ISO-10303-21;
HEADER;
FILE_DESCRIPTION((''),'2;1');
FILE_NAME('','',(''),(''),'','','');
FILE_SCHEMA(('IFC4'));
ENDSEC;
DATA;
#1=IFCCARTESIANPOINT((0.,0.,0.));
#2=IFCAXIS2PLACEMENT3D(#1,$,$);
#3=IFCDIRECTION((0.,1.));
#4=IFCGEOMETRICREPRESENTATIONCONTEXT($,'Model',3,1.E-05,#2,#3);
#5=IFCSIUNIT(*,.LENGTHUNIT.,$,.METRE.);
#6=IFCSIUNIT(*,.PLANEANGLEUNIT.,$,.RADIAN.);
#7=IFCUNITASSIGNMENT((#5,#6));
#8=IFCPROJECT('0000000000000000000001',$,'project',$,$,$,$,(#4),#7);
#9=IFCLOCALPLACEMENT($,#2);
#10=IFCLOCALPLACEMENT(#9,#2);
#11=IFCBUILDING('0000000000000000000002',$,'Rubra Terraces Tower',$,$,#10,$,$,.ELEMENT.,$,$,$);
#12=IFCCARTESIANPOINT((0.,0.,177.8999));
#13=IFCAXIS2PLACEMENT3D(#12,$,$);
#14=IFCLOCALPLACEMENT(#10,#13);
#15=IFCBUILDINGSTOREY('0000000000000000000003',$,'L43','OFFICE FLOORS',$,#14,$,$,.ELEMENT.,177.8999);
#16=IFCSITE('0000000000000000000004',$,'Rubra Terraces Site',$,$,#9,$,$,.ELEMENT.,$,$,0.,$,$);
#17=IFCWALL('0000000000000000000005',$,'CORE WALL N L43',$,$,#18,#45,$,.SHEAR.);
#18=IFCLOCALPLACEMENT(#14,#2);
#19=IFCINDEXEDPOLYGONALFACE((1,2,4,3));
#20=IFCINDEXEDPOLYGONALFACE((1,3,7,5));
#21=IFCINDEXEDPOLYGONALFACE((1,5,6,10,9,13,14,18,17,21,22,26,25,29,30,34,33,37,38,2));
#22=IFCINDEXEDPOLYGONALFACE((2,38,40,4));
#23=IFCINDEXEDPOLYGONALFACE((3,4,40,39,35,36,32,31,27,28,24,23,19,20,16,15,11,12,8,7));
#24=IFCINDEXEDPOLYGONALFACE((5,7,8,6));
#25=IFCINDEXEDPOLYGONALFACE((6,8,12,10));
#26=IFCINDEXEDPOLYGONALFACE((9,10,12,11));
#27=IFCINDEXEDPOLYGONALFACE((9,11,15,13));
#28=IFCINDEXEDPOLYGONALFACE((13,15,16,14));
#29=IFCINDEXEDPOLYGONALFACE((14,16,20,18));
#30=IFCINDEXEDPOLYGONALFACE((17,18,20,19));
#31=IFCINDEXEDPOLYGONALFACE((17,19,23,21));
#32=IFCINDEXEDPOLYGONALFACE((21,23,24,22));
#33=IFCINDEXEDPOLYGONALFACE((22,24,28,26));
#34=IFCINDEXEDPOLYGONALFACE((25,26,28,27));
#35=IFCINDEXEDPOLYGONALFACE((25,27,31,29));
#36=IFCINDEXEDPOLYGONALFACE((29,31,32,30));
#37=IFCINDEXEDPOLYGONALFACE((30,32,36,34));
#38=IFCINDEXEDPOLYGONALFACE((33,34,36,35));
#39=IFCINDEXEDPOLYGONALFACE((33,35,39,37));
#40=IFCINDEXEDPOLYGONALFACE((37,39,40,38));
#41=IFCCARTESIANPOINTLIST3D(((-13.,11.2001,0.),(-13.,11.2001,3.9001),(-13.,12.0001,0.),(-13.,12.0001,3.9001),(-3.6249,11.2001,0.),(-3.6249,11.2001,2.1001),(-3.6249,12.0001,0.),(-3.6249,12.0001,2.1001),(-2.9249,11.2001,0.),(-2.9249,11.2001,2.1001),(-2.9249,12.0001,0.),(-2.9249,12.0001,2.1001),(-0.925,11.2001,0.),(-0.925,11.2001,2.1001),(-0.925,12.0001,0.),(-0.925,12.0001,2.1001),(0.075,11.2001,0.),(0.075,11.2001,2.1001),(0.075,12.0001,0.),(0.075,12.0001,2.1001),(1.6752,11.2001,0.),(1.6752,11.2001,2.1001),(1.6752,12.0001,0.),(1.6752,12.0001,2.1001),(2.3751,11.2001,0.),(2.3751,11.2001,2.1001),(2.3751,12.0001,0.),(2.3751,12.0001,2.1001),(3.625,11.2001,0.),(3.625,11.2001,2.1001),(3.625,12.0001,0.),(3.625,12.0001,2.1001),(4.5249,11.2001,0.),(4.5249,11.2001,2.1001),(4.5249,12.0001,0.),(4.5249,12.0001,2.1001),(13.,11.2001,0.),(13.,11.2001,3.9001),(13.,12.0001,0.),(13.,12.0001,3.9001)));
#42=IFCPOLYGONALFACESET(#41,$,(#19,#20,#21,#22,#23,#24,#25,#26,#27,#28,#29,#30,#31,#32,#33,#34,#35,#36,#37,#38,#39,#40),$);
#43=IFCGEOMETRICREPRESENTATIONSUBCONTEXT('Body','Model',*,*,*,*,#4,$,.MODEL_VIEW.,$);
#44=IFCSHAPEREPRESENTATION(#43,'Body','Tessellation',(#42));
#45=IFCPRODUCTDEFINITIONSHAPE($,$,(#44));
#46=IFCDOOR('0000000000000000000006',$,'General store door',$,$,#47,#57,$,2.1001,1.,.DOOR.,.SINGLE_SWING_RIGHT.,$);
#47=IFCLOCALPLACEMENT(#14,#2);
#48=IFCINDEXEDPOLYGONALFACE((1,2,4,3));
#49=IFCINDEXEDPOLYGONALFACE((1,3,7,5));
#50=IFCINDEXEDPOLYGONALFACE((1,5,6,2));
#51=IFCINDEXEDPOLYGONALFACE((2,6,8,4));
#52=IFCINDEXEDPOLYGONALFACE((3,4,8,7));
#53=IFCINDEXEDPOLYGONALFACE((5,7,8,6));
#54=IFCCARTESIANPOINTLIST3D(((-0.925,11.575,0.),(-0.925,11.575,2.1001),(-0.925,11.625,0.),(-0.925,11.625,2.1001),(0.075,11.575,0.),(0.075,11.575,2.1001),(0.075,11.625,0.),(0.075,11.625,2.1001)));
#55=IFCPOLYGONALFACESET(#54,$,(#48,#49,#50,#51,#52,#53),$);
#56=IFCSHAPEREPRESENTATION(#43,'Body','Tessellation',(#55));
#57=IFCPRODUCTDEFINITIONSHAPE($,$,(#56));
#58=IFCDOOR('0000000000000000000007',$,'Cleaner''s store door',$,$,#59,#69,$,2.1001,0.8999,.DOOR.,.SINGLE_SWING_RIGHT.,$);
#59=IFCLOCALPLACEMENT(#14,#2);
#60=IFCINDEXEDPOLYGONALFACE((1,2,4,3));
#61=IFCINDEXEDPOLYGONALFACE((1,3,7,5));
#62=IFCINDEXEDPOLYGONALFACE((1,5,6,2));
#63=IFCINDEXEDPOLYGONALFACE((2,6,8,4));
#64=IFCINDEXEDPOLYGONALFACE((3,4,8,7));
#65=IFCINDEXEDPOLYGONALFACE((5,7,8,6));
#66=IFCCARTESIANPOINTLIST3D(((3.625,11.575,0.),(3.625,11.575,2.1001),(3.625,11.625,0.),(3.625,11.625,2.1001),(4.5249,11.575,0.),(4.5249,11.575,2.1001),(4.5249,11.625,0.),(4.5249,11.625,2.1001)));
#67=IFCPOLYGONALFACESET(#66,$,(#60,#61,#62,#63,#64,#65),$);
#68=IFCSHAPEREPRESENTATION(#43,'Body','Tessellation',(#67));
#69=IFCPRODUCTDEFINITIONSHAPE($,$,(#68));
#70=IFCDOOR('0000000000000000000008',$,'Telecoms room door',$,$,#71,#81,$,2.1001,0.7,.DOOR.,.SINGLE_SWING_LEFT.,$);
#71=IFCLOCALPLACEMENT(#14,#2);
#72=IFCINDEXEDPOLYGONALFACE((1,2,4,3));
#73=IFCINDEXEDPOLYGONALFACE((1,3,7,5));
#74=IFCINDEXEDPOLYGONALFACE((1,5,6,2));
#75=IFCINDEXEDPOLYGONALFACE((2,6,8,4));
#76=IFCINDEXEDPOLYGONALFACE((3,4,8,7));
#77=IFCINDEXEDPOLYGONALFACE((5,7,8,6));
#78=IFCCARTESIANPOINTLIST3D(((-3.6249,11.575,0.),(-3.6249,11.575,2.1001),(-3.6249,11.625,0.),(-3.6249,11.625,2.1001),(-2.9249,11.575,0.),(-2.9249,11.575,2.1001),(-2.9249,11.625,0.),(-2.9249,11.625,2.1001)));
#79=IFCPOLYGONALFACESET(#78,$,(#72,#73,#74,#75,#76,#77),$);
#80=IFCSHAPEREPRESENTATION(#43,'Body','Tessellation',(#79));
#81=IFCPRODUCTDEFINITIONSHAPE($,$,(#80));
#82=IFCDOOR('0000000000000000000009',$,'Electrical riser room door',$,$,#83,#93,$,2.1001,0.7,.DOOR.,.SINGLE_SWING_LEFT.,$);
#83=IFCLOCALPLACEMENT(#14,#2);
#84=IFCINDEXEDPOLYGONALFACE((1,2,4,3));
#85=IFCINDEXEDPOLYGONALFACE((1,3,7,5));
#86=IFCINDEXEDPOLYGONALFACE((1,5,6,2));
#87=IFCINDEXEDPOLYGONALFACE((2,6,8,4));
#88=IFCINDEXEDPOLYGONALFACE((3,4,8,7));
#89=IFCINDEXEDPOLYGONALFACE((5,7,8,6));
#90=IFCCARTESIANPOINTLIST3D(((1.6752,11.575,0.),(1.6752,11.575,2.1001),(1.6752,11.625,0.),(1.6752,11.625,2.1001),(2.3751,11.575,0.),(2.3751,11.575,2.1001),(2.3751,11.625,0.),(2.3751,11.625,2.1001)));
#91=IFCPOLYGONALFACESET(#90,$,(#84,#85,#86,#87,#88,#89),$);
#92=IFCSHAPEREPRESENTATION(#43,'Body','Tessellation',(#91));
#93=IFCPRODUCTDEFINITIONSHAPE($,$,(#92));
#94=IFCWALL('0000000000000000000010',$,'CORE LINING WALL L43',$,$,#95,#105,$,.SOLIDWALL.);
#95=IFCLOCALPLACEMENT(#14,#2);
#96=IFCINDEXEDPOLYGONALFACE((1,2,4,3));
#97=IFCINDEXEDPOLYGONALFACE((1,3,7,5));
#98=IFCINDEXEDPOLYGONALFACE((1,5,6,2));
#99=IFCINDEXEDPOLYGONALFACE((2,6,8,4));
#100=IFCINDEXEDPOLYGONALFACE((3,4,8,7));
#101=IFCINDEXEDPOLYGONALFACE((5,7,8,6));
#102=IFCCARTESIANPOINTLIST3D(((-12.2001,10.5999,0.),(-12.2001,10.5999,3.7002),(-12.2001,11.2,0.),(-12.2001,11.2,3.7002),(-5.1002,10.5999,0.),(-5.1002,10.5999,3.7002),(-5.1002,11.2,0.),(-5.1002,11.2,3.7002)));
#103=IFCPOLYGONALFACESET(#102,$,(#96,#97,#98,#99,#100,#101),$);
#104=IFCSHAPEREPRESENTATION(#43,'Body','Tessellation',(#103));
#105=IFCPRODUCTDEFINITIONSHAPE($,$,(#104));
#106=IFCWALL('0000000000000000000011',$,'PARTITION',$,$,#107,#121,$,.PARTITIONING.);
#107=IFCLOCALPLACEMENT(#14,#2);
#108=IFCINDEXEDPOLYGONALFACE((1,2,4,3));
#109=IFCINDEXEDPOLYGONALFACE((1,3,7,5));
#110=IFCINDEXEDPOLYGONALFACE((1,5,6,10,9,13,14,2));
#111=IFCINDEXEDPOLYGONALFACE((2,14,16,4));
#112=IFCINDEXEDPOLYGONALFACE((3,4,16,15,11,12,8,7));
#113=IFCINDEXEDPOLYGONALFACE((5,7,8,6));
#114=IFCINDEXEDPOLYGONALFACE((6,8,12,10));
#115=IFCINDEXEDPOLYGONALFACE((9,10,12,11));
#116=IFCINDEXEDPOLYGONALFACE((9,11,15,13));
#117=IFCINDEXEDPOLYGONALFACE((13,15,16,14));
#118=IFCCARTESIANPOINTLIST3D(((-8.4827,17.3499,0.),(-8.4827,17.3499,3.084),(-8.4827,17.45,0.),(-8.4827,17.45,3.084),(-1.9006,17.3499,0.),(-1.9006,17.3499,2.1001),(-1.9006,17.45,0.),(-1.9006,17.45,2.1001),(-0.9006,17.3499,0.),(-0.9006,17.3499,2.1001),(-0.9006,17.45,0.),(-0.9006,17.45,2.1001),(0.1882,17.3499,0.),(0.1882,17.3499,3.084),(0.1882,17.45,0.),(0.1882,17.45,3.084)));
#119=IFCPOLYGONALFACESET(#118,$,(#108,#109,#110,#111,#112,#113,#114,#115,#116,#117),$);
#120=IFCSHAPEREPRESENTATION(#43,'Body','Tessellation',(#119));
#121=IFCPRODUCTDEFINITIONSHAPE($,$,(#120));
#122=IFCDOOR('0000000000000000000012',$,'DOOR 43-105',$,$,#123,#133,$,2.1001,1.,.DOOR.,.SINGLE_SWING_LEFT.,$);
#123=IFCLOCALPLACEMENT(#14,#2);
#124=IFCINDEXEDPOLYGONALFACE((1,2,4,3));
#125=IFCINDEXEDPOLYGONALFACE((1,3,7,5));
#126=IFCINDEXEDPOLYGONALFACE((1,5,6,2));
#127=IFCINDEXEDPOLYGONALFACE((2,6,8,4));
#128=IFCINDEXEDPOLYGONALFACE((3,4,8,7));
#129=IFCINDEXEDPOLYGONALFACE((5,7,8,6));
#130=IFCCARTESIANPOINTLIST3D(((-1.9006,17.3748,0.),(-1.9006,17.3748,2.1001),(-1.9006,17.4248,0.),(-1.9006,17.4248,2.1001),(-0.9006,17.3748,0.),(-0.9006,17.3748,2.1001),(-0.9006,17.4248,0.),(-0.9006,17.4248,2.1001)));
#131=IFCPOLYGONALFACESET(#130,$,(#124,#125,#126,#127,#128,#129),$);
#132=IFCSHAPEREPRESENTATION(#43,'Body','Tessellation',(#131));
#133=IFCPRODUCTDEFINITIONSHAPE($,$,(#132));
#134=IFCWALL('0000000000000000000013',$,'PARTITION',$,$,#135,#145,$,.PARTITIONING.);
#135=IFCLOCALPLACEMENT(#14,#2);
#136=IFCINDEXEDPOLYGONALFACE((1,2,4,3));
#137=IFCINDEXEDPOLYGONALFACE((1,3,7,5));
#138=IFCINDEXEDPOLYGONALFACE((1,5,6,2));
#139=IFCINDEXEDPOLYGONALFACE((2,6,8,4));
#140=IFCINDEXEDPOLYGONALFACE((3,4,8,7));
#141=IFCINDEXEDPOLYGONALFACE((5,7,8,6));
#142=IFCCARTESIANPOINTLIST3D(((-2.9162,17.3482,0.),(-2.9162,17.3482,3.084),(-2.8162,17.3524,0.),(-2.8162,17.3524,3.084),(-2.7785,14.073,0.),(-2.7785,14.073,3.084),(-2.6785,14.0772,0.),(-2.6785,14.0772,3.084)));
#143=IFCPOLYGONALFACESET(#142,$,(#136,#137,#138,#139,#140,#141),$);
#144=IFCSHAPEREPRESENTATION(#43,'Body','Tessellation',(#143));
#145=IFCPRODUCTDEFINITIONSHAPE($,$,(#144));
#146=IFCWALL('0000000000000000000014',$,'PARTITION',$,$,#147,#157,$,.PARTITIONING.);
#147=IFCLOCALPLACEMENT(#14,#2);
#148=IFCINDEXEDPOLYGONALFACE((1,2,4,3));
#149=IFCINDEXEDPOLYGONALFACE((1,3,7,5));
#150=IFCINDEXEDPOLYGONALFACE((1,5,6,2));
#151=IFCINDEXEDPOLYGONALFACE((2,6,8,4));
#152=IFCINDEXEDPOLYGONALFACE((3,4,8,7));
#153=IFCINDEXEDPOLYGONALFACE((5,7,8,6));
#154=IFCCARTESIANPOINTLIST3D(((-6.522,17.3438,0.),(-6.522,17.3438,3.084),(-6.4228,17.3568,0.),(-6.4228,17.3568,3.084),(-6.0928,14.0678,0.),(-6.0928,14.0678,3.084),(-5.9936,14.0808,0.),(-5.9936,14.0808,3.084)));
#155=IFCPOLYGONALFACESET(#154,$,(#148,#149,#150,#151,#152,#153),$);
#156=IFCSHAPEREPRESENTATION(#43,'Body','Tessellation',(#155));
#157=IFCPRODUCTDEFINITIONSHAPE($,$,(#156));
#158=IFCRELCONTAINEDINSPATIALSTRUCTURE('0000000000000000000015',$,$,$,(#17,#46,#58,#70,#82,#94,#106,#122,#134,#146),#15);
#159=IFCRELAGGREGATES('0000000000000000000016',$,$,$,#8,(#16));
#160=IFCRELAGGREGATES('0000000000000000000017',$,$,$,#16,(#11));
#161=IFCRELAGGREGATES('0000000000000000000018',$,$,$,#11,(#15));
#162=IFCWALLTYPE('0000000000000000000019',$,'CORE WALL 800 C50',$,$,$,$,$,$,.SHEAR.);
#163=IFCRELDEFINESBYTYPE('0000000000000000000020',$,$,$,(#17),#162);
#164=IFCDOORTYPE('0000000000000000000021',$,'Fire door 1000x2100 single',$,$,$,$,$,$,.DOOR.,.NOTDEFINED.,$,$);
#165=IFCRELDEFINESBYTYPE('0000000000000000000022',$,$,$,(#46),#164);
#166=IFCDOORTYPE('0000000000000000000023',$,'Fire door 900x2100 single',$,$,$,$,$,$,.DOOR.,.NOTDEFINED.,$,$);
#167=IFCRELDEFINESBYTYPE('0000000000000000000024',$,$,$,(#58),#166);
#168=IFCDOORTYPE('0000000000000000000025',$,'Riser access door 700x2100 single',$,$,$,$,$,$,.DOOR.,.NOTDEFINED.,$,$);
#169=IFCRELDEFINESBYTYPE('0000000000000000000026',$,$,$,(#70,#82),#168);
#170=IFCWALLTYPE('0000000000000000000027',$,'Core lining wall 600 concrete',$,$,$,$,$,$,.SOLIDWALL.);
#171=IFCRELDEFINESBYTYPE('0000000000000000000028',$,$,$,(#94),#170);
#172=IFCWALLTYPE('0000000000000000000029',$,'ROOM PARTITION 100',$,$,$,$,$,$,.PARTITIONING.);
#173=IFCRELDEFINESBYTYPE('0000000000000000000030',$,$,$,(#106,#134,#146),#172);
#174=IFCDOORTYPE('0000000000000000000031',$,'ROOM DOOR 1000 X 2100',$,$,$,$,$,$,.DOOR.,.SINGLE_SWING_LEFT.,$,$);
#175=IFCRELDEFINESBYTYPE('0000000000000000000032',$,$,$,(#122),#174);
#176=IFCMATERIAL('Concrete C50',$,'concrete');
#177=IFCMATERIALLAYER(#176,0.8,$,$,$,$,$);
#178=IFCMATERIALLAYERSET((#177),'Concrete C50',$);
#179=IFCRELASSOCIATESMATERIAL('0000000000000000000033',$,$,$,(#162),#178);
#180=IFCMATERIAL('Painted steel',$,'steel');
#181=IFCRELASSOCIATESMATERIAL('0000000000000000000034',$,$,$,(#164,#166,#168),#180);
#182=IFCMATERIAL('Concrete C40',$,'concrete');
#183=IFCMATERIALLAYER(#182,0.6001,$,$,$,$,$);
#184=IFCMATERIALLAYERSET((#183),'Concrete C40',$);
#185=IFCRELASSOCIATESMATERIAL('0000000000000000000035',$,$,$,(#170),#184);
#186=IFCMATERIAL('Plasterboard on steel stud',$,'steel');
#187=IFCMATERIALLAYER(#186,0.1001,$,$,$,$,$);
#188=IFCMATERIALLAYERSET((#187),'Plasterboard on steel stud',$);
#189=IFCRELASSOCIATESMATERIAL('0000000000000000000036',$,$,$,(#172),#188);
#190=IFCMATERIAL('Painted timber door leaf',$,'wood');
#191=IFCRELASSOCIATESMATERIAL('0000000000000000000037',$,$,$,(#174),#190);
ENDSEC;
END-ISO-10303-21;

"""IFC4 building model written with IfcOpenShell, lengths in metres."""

from ifc_helpers import new_model, si_unit, direction, frame, frame_2d, origin, place, context, subcontext, project, spatial, rectangle, extrude, material, layer, layer_set, type_object, element, fill, save


model = new_model("IFC4")

# Units and contexts
model_context = context("Model", 3, precision=1e-05, world=origin(), true_north=direction((0.0, 1.0)))
body_context = subcontext(model_context, "Body", "Model", "MODEL_VIEW")
ifc_project = project(units=[si_unit("LENGTHUNIT", "METRE"), si_unit("PLANEANGLEUNIT", "RADIAN")], contexts=[model_context])

# Site, building, storey
site_placement = place(None, origin())
site = spatial("IfcSite", under=ifc_project, at=site_placement, Name="Rubra Terraces Site", CompositionType="ELEMENT", RefElevation=0.0)
building_placement = place(site_placement, origin())
building = spatial("IfcBuilding", under=site, at=building_placement, Name="Rubra Terraces Tower", CompositionType="ELEMENT")
storey_placement = place(building_placement, frame((0.0, 0.0, 177.8999)))
storey = spatial("IfcBuildingStorey", under=building, at=storey_placement, Name="L43", Description="OFFICE FLOORS", CompositionType="ELEMENT", Elevation=177.8999)

# Shared definitions
ifc_material_1 = material(Name="Concrete C50", Category="concrete")

# Wall, openings, doors
ifc_layer_1 = layer(ifc_material_1, 0.8)
ifc_layer_set_1 = layer_set([ifc_layer_1], Name="Concrete C50")
wall_type_1 = type_object("IfcWallType", Name="CORE WALL 800 C50", PredefinedType="SHEAR", material=ifc_layer_set_1)
wall_1_placement = place(storey_placement, frame((-13.0, 11.6001, 0.0), z_axis=(0.0, 0.0, 1.0), x_axis=(1.0, 0.0, 0.0)))
wall_1 = element("IfcWall", 1, at=wall_1_placement, inside=storey, type_object=wall_type_1, Name="CORE WALL N L43", PredefinedType="SHEAR", context=body_context, shape_type="SweptSolid", body=[
    extrude(rectangle(XDim=26.0, YDim=0.8, at=frame_2d((13.0, 0.0))), origin(), (0.0, 0.0, 1.0), 3.9001),
])
opening_1_placement = place(wall_1_placement, frame((9.375, 0.0, 0.0)))
opening_1 = element("IfcOpeningElement", 2, at=opening_1_placement, cuts=wall_1, PredefinedType="OPENING", context=body_context, shape_type="SweptSolid", body=[
    extrude(rectangle(XDim=0.7, YDim=2.1001, at=frame_2d((0.3501, 1.05))), frame((0.0, 0.4099, 0.0), z_axis=(0.0, -1.0, 0.0), x_axis=(1.0, 0.0, 0.0)), (0.0, 0.0, 1.0), 0.8201),
])
opening_2_placement = place(wall_1_placement, frame((12.075, 0.0, 0.0)))
opening_2 = element("IfcOpeningElement", 3, at=opening_2_placement, cuts=wall_1, PredefinedType="OPENING", context=body_context, shape_type="SweptSolid", body=[
    extrude(rectangle(XDim=1.0, YDim=2.1001, at=frame_2d((0.5, 1.05))), frame((0.0, 0.4099, 0.0), z_axis=(0.0, -1.0, 0.0), x_axis=(1.0, 0.0, 0.0)), (0.0, 0.0, 1.0), 0.8201),
])
opening_3_placement = place(wall_1_placement, frame((14.675, 0.0, 0.0)))
opening_3 = element("IfcOpeningElement", 4, at=opening_3_placement, cuts=wall_1, PredefinedType="OPENING", context=body_context, shape_type="SweptSolid", body=[
    extrude(rectangle(XDim=0.7, YDim=2.1001, at=frame_2d((0.3501, 1.05))), frame((0.0, 0.4099, 0.0), z_axis=(0.0, -1.0, 0.0), x_axis=(1.0, 0.0, 0.0)), (0.0, 0.0, 1.0), 0.8201),
])
opening_4_placement = place(wall_1_placement, frame((16.625, 0.0, 0.0)))
opening_4 = element("IfcOpeningElement", 5, at=opening_4_placement, cuts=wall_1, PredefinedType="OPENING", context=body_context, shape_type="SweptSolid", body=[
    extrude(rectangle(XDim=0.8999, YDim=2.1001, at=frame_2d((0.45, 1.05))), frame((0.0, 0.4099, 0.0), z_axis=(0.0, -1.0, 0.0), x_axis=(1.0, 0.0, 0.0)), (0.0, 0.0, 1.0), 0.8201),
])
ifc_material_2 = material(Name="Painted steel", Category="steel")
door_type_1 = type_object("IfcDoorType", Name="Fire door 1000x2100 single", OperationType="NOTDEFINED", PredefinedType="DOOR", material=ifc_material_2)
door_1_placement = place(opening_2_placement, origin())
door_1 = element("IfcDoor", 6, at=door_1_placement, inside=storey, type_object=door_type_1, Name="General store door", OperationType="SINGLE_SWING_RIGHT", OverallHeight=2.1001, OverallWidth=1.0, PredefinedType="DOOR", context=body_context, shape_type="SweptSolid", body=[
    extrude(rectangle(XDim=1.0, YDim=2.1001, at=frame_2d((0.5, 1.05))), frame((0.0, 0.0249, 0.0), z_axis=(0.0, -1.0, 0.0), x_axis=(1.0, 0.0, 0.0)), (0.0, 0.0, 1.0), 0.05),
])
fill(opening_2, door_1)
door_type_2 = type_object("IfcDoorType", Name="Fire door 900x2100 single", OperationType="NOTDEFINED", PredefinedType="DOOR", material=ifc_material_2)
door_2_placement = place(opening_4_placement, origin())
door_2 = element("IfcDoor", 7, at=door_2_placement, inside=storey, type_object=door_type_2, Name="Cleaner's store door", OperationType="SINGLE_SWING_RIGHT", OverallHeight=2.1001, OverallWidth=0.8999, PredefinedType="DOOR", context=body_context, shape_type="SweptSolid", body=[
    extrude(rectangle(XDim=0.8999, YDim=2.1001, at=frame_2d((0.45, 1.05))), frame((0.0, 0.0249, 0.0), z_axis=(0.0, -1.0, 0.0), x_axis=(1.0, 0.0, 0.0)), (0.0, 0.0, 1.0), 0.05),
])
fill(opening_4, door_2)
door_type_3 = type_object("IfcDoorType", Name="Riser access door 700x2100 single", OperationType="NOTDEFINED", PredefinedType="DOOR", material=ifc_material_2)
door_3_placement = place(opening_1_placement, origin())
door_3 = element("IfcDoor", 8, at=door_3_placement, inside=storey, type_object=door_type_3, Name="Telecoms room door", OperationType="SINGLE_SWING_LEFT", OverallHeight=2.1001, OverallWidth=0.7, PredefinedType="DOOR", context=body_context, shape_type="SweptSolid", body=[
    extrude(rectangle(XDim=0.7, YDim=2.1001, at=frame_2d((0.3501, 1.05))), frame((0.0, 0.0249, 0.0), z_axis=(0.0, -1.0, 0.0), x_axis=(1.0, 0.0, 0.0)), (0.0, 0.0, 1.0), 0.05),
])
fill(opening_1, door_3)
door_4_placement = place(opening_3_placement, origin())
door_4 = element("IfcDoor", 9, at=door_4_placement, inside=storey, type_object=door_type_3, Name="Electrical riser room door", OperationType="SINGLE_SWING_LEFT", OverallHeight=2.1001, OverallWidth=0.7, PredefinedType="DOOR", context=body_context, shape_type="SweptSolid", body=[
    extrude(rectangle(XDim=0.7, YDim=2.1001, at=frame_2d((0.3501, 1.05))), frame((0.0, 0.0249, 0.0), z_axis=(0.0, -1.0, 0.0), x_axis=(1.0, 0.0, 0.0)), (0.0, 0.0, 1.0), 0.05),
])
fill(opening_3, door_4)

# Wall
ifc_material_3 = material(Name="Concrete C40", Category="concrete")
ifc_layer_2 = layer(ifc_material_3, 0.6001)
ifc_layer_set_2 = layer_set([ifc_layer_2], Name="Concrete C40")
wall_type_2 = type_object("IfcWallType", Name="Core lining wall 600 concrete", PredefinedType="SOLIDWALL", material=ifc_layer_set_2)
wall_2_placement = place(storey_placement, frame((-12.2, 10.8999, 0.0), z_axis=(0.0, 0.0, 1.0), x_axis=(1.0, 0.0, 0.0)))
element("IfcWall", 10, at=wall_2_placement, inside=storey, type_object=wall_type_2, Name="CORE LINING WALL L43", PredefinedType="SOLIDWALL", context=body_context, shape_type="SweptSolid", body=[
    extrude(rectangle(XDim=7.0999, YDim=0.6001, at=frame_2d((3.5498, 0.0))), origin(), (0.0, 0.0, 1.0), 3.7002),
])

# Wall, opening, door
ifc_material_4 = material(Name="Plasterboard on steel stud", Category="steel")
ifc_layer_3 = layer(ifc_material_4, 0.1001)
ifc_layer_set_3 = layer_set([ifc_layer_3], Name="Plasterboard on steel stud")
wall_type_3 = type_object("IfcWallType", Name="ROOM PARTITION 100", PredefinedType="PARTITIONING", material=ifc_layer_set_3)
wall_3_placement = place(storey_placement, frame((-8.4827, 17.3999, 0.0), z_axis=(0.0, 0.0, 1.0), x_axis=(1.0, 0.0, 0.0)))
wall_3 = element("IfcWall", 11, at=wall_3_placement, inside=storey, type_object=wall_type_3, Name="PARTITION", PredefinedType="PARTITIONING", context=body_context, shape_type="SweptSolid", body=[
    extrude(rectangle(XDim=8.6709, YDim=0.1001, at=frame_2d((4.3354, 0.0))), origin(), (0.0, 0.0, 1.0), 3.084),
])
opening_5_placement = place(wall_3_placement, frame((6.582, 0.0, 0.0)))
opening_5 = element("IfcOpeningElement", 12, at=opening_5_placement, cuts=wall_3, PredefinedType="OPENING", context=body_context, shape_type="SweptSolid", body=[
    extrude(rectangle(XDim=1.0, YDim=2.1001, at=frame_2d((0.5, 1.05))), frame((0.0, 0.0601, 0.0), z_axis=(0.0, -1.0, 0.0), x_axis=(1.0, 0.0, 0.0)), (0.0, 0.0, 1.0), 0.1201),
])
ifc_material_5 = material(Name="Painted timber door leaf", Category="wood")
door_type_4 = type_object("IfcDoorType", Name="ROOM DOOR 1000 X 2100", OperationType="SINGLE_SWING_LEFT", PredefinedType="DOOR", material=ifc_material_5)
door_5_placement = place(opening_5_placement, origin())
door_5 = element("IfcDoor", 13, at=door_5_placement, inside=storey, type_object=door_type_4, Name="DOOR 43-105", OperationType="SINGLE_SWING_LEFT", OverallHeight=2.1001, OverallWidth=1.0, PredefinedType="DOOR", context=body_context, shape_type="SweptSolid", body=[
    extrude(rectangle(XDim=1.0, YDim=2.1001, at=frame_2d((0.5, 1.05))), frame((0.0, 0.0249, 0.0), z_axis=(0.0, -1.0, 0.0), x_axis=(1.0, 0.0, 0.0)), (0.0, 0.0, 1.0), 0.05),
])
fill(opening_5, door_5)

# Walls
wall_4_placement = place(storey_placement, frame((-2.7285, 14.075, 0.0), z_axis=(0.0, 0.0, 1.0), x_axis=(-0.042005, 0.999117, 0.0)))
element("IfcWall", 14, at=wall_4_placement, inside=storey, type_object=wall_type_3, Name="PARTITION", PredefinedType="PARTITIONING", context=body_context, shape_type="SweptSolid", body=[
    extrude(rectangle(XDim=3.2781, YDim=0.1001, at=frame_2d((1.6392, 0.0))), origin(), (0.0, 0.0, 1.0), 3.084),
])
wall_5_placement = place(storey_placement, frame((-6.0432, 14.0745, 0.0), z_axis=(0.0, 0.0, 1.0), x_axis=(-0.129908, 0.991526, 0.0)))
element("IfcWall", 15, at=wall_5_placement, inside=storey, type_object=wall_type_3, Name="PARTITION", PredefinedType="PARTITIONING", context=body_context, shape_type="SweptSolid", body=[
    extrude(rectangle(XDim=3.304, YDim=0.1001, at=frame_2d((1.6519, 0.0))), origin(), (0.0, 0.0, 1.0), 3.084),
])

save(model, "model.ifc")
